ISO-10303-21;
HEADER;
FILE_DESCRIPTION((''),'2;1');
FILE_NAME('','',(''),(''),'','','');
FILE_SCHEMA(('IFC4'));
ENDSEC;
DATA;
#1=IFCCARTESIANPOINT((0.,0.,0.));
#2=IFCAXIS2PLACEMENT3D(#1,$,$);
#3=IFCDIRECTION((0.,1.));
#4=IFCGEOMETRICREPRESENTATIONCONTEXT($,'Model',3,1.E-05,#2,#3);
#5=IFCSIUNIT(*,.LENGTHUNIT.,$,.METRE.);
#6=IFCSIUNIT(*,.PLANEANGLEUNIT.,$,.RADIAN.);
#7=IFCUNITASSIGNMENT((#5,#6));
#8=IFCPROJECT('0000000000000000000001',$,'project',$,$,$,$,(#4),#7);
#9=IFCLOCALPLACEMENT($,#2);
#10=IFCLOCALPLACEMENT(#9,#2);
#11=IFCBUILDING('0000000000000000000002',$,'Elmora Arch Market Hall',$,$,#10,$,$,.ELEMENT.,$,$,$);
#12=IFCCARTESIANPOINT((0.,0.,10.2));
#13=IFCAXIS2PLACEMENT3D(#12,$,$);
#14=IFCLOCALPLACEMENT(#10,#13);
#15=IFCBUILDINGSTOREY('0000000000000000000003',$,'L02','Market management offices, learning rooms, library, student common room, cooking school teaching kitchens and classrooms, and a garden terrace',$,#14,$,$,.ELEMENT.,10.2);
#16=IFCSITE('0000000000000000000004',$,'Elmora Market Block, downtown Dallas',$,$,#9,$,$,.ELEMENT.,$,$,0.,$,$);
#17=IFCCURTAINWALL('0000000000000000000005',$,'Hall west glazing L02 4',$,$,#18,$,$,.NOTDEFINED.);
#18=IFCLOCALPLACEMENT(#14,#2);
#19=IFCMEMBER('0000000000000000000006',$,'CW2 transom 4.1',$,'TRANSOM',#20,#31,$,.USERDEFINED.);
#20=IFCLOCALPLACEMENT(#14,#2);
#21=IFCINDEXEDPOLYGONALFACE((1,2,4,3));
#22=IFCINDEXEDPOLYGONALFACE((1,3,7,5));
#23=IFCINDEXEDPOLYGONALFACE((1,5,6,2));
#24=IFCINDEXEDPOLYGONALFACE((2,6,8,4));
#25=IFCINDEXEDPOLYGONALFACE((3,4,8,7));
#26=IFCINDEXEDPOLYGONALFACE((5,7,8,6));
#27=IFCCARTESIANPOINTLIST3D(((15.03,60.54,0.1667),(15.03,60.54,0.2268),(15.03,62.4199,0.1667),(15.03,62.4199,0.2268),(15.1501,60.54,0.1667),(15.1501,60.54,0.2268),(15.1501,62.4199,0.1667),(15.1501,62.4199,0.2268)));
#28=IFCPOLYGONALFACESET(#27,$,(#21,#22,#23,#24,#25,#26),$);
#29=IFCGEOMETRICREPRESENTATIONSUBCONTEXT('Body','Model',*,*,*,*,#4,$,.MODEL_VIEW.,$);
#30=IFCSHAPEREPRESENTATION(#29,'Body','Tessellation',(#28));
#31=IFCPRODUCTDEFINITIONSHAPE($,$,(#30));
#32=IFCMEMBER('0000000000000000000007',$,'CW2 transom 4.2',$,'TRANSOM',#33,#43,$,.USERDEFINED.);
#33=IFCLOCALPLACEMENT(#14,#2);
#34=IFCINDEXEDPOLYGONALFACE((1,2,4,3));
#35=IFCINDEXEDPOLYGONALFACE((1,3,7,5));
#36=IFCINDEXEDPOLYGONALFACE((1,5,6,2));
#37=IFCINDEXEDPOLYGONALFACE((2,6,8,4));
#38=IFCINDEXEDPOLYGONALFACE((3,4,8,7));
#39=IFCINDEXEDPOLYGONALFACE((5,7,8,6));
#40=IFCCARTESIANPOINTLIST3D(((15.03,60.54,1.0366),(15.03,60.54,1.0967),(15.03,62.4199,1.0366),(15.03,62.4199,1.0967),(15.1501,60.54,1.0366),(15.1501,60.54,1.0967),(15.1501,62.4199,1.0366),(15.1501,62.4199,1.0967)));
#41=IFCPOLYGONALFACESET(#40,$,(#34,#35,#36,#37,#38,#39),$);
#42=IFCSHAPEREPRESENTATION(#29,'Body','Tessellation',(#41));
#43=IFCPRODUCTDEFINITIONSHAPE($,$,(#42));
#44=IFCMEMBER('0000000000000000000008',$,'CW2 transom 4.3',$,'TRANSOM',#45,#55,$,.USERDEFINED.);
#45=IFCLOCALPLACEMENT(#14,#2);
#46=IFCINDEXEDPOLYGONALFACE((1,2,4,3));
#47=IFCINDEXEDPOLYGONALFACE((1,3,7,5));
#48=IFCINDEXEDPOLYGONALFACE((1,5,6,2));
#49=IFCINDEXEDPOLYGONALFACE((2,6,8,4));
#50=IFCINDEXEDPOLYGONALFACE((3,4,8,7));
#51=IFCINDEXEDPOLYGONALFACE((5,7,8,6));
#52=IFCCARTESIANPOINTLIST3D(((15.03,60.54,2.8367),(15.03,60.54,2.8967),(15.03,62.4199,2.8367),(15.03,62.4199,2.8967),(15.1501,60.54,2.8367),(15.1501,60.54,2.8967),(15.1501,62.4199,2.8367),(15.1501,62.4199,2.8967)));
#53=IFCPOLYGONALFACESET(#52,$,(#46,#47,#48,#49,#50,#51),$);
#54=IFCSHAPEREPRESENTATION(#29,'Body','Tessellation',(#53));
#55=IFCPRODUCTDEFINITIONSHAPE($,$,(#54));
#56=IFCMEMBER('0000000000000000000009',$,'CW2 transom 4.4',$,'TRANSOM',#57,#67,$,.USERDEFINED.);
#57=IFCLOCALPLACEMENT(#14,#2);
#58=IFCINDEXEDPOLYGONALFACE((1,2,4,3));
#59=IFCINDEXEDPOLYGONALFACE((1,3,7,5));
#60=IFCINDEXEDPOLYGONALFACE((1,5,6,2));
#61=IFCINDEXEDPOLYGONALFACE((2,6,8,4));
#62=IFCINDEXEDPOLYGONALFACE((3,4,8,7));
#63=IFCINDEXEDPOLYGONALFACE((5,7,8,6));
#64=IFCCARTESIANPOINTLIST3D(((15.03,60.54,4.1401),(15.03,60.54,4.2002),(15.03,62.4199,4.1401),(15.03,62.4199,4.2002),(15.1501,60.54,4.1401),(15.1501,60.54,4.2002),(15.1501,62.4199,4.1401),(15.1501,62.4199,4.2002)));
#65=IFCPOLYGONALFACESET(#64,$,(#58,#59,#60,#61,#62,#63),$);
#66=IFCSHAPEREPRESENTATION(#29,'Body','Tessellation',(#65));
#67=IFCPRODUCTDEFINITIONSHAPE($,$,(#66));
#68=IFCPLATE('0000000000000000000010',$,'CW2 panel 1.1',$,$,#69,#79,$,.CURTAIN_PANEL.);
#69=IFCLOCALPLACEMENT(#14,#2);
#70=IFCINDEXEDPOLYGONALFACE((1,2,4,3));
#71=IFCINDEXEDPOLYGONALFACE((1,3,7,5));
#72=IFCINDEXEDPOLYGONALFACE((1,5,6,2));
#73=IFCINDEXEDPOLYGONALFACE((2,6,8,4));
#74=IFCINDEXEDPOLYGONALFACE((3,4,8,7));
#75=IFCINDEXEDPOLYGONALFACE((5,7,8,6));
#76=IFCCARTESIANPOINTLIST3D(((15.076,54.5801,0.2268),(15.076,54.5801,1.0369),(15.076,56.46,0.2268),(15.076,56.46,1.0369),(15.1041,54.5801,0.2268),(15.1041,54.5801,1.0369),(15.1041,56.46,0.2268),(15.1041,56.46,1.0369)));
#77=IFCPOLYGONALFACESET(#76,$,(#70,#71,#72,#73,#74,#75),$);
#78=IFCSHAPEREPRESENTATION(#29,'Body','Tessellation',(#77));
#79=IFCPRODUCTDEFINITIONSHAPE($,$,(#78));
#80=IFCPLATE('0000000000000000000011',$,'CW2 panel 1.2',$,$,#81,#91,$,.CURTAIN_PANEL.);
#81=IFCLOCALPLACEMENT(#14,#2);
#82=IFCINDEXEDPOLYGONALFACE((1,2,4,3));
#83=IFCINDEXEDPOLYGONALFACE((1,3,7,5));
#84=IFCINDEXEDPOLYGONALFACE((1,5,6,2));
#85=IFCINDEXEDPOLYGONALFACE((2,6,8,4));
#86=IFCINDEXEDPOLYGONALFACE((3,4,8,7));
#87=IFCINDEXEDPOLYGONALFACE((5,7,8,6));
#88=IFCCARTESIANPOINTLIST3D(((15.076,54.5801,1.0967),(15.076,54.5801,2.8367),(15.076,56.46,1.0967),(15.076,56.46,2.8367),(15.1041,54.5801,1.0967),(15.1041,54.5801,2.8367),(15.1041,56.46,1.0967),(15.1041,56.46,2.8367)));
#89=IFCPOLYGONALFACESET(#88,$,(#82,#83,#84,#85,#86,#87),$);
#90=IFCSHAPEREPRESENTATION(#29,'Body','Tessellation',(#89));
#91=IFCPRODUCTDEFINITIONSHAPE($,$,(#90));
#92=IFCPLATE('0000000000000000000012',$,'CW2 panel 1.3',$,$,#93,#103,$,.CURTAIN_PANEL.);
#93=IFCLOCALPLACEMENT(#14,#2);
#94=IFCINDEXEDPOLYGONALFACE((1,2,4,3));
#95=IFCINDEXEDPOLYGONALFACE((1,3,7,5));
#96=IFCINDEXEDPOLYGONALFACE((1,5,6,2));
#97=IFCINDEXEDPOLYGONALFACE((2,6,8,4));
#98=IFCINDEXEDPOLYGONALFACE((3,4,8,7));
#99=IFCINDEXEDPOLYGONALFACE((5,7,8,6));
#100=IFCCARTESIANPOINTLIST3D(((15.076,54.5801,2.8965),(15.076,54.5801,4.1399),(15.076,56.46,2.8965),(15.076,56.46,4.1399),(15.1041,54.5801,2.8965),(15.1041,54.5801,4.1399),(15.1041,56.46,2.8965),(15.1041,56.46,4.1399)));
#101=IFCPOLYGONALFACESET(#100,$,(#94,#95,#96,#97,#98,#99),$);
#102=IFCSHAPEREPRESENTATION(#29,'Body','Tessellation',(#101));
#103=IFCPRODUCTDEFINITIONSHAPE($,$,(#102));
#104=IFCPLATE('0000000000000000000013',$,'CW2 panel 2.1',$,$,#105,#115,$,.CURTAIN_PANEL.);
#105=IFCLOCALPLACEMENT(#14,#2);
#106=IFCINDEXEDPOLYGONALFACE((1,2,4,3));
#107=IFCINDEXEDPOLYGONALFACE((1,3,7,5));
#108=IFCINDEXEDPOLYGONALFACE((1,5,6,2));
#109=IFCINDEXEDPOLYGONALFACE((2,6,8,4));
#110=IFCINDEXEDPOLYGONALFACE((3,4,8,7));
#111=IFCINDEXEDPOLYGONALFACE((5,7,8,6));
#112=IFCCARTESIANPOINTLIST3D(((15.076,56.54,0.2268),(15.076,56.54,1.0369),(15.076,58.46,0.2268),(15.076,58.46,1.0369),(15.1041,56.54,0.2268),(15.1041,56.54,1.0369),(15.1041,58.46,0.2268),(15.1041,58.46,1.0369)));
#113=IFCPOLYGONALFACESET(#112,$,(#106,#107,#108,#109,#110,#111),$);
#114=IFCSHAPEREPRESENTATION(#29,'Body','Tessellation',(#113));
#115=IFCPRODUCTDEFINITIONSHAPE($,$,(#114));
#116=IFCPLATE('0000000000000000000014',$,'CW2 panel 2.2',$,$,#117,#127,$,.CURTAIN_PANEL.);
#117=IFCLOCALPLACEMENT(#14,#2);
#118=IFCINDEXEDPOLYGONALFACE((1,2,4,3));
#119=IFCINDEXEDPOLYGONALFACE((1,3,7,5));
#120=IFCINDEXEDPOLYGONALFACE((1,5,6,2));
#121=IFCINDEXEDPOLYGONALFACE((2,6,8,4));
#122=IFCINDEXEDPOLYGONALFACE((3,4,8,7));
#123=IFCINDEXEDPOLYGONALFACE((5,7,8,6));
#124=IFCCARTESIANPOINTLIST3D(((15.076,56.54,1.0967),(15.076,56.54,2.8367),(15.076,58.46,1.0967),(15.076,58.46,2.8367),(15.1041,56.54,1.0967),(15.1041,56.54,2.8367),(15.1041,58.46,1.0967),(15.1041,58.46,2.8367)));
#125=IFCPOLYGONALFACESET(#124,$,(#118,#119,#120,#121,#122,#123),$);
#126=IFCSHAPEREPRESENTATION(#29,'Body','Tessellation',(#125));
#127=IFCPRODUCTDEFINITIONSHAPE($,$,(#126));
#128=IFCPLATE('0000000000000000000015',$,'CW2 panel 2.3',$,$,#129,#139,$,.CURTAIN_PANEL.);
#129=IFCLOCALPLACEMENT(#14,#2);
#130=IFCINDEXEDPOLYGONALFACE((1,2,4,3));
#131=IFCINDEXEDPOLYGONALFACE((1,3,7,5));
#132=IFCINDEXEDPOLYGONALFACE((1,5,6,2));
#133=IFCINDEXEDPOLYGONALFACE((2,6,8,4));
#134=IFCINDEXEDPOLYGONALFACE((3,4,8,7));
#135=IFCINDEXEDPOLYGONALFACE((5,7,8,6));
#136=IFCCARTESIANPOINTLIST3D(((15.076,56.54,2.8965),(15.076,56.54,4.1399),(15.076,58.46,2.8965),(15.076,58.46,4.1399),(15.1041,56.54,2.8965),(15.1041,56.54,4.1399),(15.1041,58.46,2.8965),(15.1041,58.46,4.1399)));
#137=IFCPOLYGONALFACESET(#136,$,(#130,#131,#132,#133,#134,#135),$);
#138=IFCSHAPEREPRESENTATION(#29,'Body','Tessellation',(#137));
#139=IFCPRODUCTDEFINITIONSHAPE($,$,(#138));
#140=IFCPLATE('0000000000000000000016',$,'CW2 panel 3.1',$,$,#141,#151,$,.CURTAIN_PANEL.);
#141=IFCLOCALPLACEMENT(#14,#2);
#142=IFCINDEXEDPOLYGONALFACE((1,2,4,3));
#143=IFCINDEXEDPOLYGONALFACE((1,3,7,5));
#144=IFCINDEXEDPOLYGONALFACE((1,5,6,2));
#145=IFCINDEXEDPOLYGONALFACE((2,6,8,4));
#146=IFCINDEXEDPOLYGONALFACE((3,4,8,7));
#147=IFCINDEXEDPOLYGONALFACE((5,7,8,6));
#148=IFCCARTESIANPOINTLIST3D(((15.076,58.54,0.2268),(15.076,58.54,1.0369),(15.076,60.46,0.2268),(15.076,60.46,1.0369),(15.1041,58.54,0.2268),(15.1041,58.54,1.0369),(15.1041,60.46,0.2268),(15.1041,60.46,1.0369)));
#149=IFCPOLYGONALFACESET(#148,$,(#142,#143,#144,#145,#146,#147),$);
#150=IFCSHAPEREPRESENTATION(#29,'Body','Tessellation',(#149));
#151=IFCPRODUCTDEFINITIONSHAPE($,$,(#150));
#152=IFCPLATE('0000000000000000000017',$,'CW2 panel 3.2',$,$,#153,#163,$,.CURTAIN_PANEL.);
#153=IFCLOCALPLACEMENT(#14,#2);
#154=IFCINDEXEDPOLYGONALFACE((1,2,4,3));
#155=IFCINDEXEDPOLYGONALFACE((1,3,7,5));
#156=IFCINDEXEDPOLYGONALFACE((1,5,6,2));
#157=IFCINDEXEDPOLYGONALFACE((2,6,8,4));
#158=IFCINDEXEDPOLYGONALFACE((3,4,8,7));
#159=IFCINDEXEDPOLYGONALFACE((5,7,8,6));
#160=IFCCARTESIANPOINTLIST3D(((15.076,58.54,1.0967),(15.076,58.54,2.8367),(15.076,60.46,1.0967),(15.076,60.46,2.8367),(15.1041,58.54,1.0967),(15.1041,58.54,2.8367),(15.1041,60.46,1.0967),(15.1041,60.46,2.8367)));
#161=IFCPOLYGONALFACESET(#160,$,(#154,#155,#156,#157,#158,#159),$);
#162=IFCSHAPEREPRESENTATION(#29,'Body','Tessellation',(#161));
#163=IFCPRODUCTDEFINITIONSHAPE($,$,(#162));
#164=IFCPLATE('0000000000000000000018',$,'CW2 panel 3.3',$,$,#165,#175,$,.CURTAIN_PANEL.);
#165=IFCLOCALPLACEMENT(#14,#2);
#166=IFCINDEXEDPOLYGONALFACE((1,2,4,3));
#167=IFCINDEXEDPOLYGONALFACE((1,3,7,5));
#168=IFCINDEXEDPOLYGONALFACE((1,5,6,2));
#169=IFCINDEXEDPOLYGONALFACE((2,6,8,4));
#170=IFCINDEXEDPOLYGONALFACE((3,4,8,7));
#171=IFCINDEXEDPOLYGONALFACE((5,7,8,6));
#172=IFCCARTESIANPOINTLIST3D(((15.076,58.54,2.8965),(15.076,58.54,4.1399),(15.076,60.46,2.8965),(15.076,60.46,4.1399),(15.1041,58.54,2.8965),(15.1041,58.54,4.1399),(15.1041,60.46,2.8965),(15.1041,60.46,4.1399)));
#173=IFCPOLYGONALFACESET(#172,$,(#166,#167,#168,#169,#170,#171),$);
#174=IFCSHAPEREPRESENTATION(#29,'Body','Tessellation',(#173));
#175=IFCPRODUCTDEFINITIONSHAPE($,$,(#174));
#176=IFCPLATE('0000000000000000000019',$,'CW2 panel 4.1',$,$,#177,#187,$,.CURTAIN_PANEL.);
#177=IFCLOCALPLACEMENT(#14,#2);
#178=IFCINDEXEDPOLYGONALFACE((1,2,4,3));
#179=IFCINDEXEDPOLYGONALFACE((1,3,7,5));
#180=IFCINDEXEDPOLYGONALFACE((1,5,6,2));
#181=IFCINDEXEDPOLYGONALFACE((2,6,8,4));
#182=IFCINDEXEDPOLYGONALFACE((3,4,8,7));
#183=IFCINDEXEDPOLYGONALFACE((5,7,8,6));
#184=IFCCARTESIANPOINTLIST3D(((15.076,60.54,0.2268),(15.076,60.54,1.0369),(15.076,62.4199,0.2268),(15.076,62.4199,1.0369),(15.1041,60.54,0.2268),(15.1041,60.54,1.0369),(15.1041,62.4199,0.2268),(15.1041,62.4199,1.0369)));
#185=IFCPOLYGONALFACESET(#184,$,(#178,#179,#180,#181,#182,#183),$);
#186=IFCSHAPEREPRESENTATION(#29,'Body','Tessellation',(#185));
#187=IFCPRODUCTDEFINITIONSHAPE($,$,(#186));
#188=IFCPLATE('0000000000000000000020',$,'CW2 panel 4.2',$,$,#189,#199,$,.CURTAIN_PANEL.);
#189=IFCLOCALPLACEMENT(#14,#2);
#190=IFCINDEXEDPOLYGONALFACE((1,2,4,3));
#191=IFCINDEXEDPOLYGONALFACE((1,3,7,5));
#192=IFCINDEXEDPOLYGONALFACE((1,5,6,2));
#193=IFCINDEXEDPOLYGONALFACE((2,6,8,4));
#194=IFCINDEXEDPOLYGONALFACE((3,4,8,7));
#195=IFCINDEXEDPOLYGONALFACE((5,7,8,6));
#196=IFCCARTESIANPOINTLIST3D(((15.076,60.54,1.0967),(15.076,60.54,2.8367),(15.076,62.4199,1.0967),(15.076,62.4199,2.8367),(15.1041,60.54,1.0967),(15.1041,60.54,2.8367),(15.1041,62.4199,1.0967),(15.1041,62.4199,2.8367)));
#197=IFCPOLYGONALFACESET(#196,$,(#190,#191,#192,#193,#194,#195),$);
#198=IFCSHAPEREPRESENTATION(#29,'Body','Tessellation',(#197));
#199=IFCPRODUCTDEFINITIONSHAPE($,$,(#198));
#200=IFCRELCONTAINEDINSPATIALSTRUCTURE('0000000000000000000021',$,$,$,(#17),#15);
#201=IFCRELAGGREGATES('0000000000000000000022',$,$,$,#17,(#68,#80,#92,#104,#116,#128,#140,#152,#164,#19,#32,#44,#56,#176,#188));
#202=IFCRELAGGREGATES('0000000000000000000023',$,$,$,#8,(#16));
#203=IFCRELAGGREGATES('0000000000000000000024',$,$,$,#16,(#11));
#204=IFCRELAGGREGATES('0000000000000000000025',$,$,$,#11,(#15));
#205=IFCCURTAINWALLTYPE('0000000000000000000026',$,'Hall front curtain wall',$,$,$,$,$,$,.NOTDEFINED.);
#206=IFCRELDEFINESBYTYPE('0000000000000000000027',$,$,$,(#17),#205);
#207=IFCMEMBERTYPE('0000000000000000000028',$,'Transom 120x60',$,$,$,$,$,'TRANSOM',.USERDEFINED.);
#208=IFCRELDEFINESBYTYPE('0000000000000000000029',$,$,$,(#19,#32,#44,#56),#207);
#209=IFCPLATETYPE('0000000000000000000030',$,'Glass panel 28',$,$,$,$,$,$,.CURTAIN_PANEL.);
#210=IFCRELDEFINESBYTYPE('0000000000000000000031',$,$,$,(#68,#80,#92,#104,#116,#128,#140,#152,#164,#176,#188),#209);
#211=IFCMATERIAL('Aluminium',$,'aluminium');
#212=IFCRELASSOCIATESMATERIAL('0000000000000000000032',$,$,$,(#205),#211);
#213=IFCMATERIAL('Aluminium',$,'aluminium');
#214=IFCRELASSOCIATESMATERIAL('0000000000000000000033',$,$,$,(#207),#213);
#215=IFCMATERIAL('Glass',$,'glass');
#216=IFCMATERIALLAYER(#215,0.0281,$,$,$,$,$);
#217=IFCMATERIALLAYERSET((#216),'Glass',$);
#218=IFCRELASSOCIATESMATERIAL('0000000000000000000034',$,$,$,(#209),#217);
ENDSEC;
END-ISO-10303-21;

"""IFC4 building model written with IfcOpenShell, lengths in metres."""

from ifc_helpers import new_model, si_unit, direction, frame, origin, origin_2d, place, context, subcontext, project, spatial, rectangle, extrude, material, layer, layer_set, material_profile, profile_set, type_object, element, aggregate, save


model = new_model("IFC4")

# Units and contexts
model_context = context("Model", 3, precision=1e-05, world=origin(), true_north=direction((0.0, 1.0)))
body_context = subcontext(model_context, "Body", "Model", "MODEL_VIEW")
ifc_project = project(units=[si_unit("LENGTHUNIT", "METRE"), si_unit("PLANEANGLEUNIT", "RADIAN")], contexts=[model_context])

# Site, building, storey
site_placement = place(None, origin())
site = spatial("IfcSite", under=ifc_project, at=site_placement, Name="Elmora Market Block, downtown Dallas", CompositionType="ELEMENT", RefElevation=0.0)
building_placement = place(site_placement, origin())
building = spatial("IfcBuilding", under=site, at=building_placement, Name="Elmora Arch Market Hall", CompositionType="ELEMENT")
storey_placement = place(building_placement, frame((0.0, 0.0, 10.2)))
storey = spatial("IfcBuildingStorey", under=building, at=storey_placement, Name="L02", Description="Market management offices, learning rooms, library, student common room, cooking school teaching kitchens and classrooms, and a garden terrace", CompositionType="ELEMENT", Elevation=10.2)

# Curtain wall, members, plates
ifc_material_1 = material(Name="Aluminium", Category="aluminium")
curtain_wall_type = type_object("IfcCurtainWallType", Name="Hall front curtain wall", PredefinedType="NOTDEFINED", material=ifc_material_1)
curtain_wall_placement = place(storey_placement, origin())
curtain_wall = element("IfcCurtainWall", 1, at=curtain_wall_placement, inside=storey, type_object=curtain_wall_type, Name="Hall west glazing L02 4", PredefinedType="NOTDEFINED")
ifc_material_2 = material(Name="Aluminium", Category="aluminium")
ifc_material_profile_1 = material_profile(ifc_material_2, rectangle(XDim=0.1201, YDim=0.0601, at=origin_2d()), Name="AL 120x60")
ifc_profile_set_1 = profile_set([ifc_material_profile_1], Name="Aluminium")
member_type_1 = type_object("IfcMemberType", Name="Transom 120x60", ElementType="TRANSOM", PredefinedType="USERDEFINED", material=ifc_profile_set_1)
member_1_placement = place(storey_placement, frame((15.0901, 60.54, 0.1968), z_axis=(0.0, 1.0, 0.0), x_axis=(-1.0, 0.0, 0.0)))
member_1 = element("IfcMember", 2, at=member_1_placement, type_object=member_type_1, Name="CW2 transom 4.1", ObjectType="TRANSOM", PredefinedType="USERDEFINED", context=body_context, shape_type="SweptSolid", body=[
    extrude(rectangle(XDim=0.1201, YDim=0.0601, at=origin_2d()), origin(), (0.0, 0.0, 1.0), 1.8799),
])
member_2_placement = place(storey_placement, frame((15.0901, 60.54, 1.0667), z_axis=(0.0, 1.0, 0.0), x_axis=(-1.0, 0.0, 0.0)))
member_2 = element("IfcMember", 3, at=member_2_placement, type_object=member_type_1, Name="CW2 transom 4.2", ObjectType="TRANSOM", PredefinedType="USERDEFINED", context=body_context, shape_type="SweptSolid", body=[
    extrude(rectangle(XDim=0.1201, YDim=0.0601, at=origin_2d()), origin(), (0.0, 0.0, 1.0), 1.8799),
])
member_3_placement = place(storey_placement, frame((15.0901, 60.54, 2.8667), z_axis=(0.0, 1.0, 0.0), x_axis=(-1.0, 0.0, 0.0)))
member_3 = element("IfcMember", 4, at=member_3_placement, type_object=member_type_1, Name="CW2 transom 4.3", ObjectType="TRANSOM", PredefinedType="USERDEFINED", context=body_context, shape_type="SweptSolid", body=[
    extrude(rectangle(XDim=0.1201, YDim=0.0601, at=origin_2d()), origin(), (0.0, 0.0, 1.0), 1.8799),
])
member_4_placement = place(storey_placement, frame((15.0901, 60.54, 4.1702), z_axis=(0.0, 1.0, 0.0), x_axis=(-1.0, 0.0, 0.0)))
member_4 = element("IfcMember", 5, at=member_4_placement, type_object=member_type_1, Name="CW2 transom 4.4", ObjectType="TRANSOM", PredefinedType="USERDEFINED", context=body_context, shape_type="SweptSolid", body=[
    extrude(rectangle(XDim=0.1201, YDim=0.0601, at=origin_2d()), origin(), (0.0, 0.0, 1.0), 1.8799),
])
ifc_material_3 = material(Name="Glass", Category="glass")
ifc_layer = layer(ifc_material_3, 0.0281)
ifc_layer_set = layer_set([ifc_layer], Name="Glass")
plate_type = type_object("IfcPlateType", Name="Glass panel 28", PredefinedType="CURTAIN_PANEL", material=ifc_layer_set)
plate_1_placement = place(storey_placement, frame((15.0901, 55.52, 0.2268), z_axis=(0.0, 0.0, 1.0), x_axis=(0.0, 1.0, 0.0)))
plate_1 = element("IfcPlate", 6, at=plate_1_placement, type_object=plate_type, Name="CW2 panel 1.1", PredefinedType="CURTAIN_PANEL", context=body_context, shape_type="SweptSolid", body=[
    extrude(rectangle(XDim=1.8799, YDim=0.0281, at=origin_2d()), origin(), (0.0, 0.0, 1.0), 0.8101),
])
plate_2_placement = place(storey_placement, frame((15.0901, 55.52, 1.0967), z_axis=(0.0, 0.0, 1.0), x_axis=(0.0, 1.0, 0.0)))
plate_2 = element("IfcPlate", 7, at=plate_2_placement, type_object=plate_type, Name="CW2 panel 1.2", PredefinedType="CURTAIN_PANEL", context=body_context, shape_type="SweptSolid", body=[
    extrude(rectangle(XDim=1.8799, YDim=0.0281, at=origin_2d()), origin(), (0.0, 0.0, 1.0), 1.74),
])
plate_3_placement = place(storey_placement, frame((15.0901, 55.52, 2.8965), z_axis=(0.0, 0.0, 1.0), x_axis=(0.0, 1.0, 0.0)))
plate_3 = element("IfcPlate", 8, at=plate_3_placement, type_object=plate_type, Name="CW2 panel 1.3", PredefinedType="CURTAIN_PANEL", context=body_context, shape_type="SweptSolid", body=[
    extrude(rectangle(XDim=1.8799, YDim=0.0281, at=origin_2d()), origin(), (0.0, 0.0, 1.0), 1.2434),
])
plate_4_placement = place(storey_placement, frame((15.0901, 57.5, 0.2268), z_axis=(0.0, 0.0, 1.0), x_axis=(0.0, 1.0, 0.0)))
plate_4 = element("IfcPlate", 9, at=plate_4_placement, type_object=plate_type, Name="CW2 panel 2.1", PredefinedType="CURTAIN_PANEL", context=body_context, shape_type="SweptSolid", body=[
    extrude(rectangle(XDim=1.9199, YDim=0.0281, at=origin_2d()), origin(), (0.0, 0.0, 1.0), 0.8101),
])
plate_5_placement = place(storey_placement, frame((15.0901, 57.5, 1.0967), z_axis=(0.0, 0.0, 1.0), x_axis=(0.0, 1.0, 0.0)))
plate_5 = element("IfcPlate", 10, at=plate_5_placement, type_object=plate_type, Name="CW2 panel 2.2", PredefinedType="CURTAIN_PANEL", context=body_context, shape_type="SweptSolid", body=[
    extrude(rectangle(XDim=1.9199, YDim=0.0281, at=origin_2d()), origin(), (0.0, 0.0, 1.0), 1.74),
])
plate_6_placement = place(storey_placement, frame((15.0901, 57.5, 2.8965), z_axis=(0.0, 0.0, 1.0), x_axis=(0.0, 1.0, 0.0)))
plate_6 = element("IfcPlate", 11, at=plate_6_placement, type_object=plate_type, Name="CW2 panel 2.3", PredefinedType="CURTAIN_PANEL", context=body_context, shape_type="SweptSolid", body=[
    extrude(rectangle(XDim=1.9199, YDim=0.0281, at=origin_2d()), origin(), (0.0, 0.0, 1.0), 1.2434),
])
plate_7_placement = place(storey_placement, frame((15.0901, 59.5, 0.2268), z_axis=(0.0, 0.0, 1.0), x_axis=(0.0, 1.0, 0.0)))
plate_7 = element("IfcPlate", 12, at=plate_7_placement, type_object=plate_type, Name="CW2 panel 3.1", PredefinedType="CURTAIN_PANEL", context=body_context, shape_type="SweptSolid", body=[
    extrude(rectangle(XDim=1.9199, YDim=0.0281, at=origin_2d()), origin(), (0.0, 0.0, 1.0), 0.8101),
])
plate_8_placement = place(storey_placement, frame((15.0901, 59.5, 1.0967), z_axis=(0.0, 0.0, 1.0), x_axis=(0.0, 1.0, 0.0)))
plate_8 = element("IfcPlate", 13, at=plate_8_placement, type_object=plate_type, Name="CW2 panel 3.2", PredefinedType="CURTAIN_PANEL", context=body_context, shape_type="SweptSolid", body=[
    extrude(rectangle(XDim=1.9199, YDim=0.0281, at=origin_2d()), origin(), (0.0, 0.0, 1.0), 1.74),
])
plate_9_placement = place(storey_placement, frame((15.0901, 59.5, 2.8965), z_axis=(0.0, 0.0, 1.0), x_axis=(0.0, 1.0, 0.0)))
plate_9 = element("IfcPlate", 14, at=plate_9_placement, type_object=plate_type, Name="CW2 panel 3.3", PredefinedType="CURTAIN_PANEL", context=body_context, shape_type="SweptSolid", body=[
    extrude(rectangle(XDim=1.9199, YDim=0.0281, at=origin_2d()), origin(), (0.0, 0.0, 1.0), 1.2434),
])
plate_10_placement = place(storey_placement, frame((15.0901, 61.48, 0.2268), z_axis=(0.0, 0.0, 1.0), x_axis=(0.0, 1.0, 0.0)))
plate_10 = element("IfcPlate", 15, at=plate_10_placement, type_object=plate_type, Name="CW2 panel 4.1", PredefinedType="CURTAIN_PANEL", context=body_context, shape_type="SweptSolid", body=[
    extrude(rectangle(XDim=1.8799, YDim=0.0281, at=origin_2d()), origin(), (0.0, 0.0, 1.0), 0.8101),
])
plate_11_placement = place(storey_placement, frame((15.0901, 61.48, 1.0967), z_axis=(0.0, 0.0, 1.0), x_axis=(0.0, 1.0, 0.0)))
plate_11 = element("IfcPlate", 16, at=plate_11_placement, type_object=plate_type, Name="CW2 panel 4.2", PredefinedType="CURTAIN_PANEL", context=body_context, shape_type="SweptSolid", body=[
    extrude(rectangle(XDim=1.8799, YDim=0.0281, at=origin_2d()), origin(), (0.0, 0.0, 1.0), 1.74),
])
aggregate(curtain_wall, [plate_1, plate_2, plate_3, plate_4, plate_5, plate_6, plate_7, plate_8, plate_9, member_1, member_2, member_3, member_4, plate_10, plate_11])

save(model, "model.ifc")
